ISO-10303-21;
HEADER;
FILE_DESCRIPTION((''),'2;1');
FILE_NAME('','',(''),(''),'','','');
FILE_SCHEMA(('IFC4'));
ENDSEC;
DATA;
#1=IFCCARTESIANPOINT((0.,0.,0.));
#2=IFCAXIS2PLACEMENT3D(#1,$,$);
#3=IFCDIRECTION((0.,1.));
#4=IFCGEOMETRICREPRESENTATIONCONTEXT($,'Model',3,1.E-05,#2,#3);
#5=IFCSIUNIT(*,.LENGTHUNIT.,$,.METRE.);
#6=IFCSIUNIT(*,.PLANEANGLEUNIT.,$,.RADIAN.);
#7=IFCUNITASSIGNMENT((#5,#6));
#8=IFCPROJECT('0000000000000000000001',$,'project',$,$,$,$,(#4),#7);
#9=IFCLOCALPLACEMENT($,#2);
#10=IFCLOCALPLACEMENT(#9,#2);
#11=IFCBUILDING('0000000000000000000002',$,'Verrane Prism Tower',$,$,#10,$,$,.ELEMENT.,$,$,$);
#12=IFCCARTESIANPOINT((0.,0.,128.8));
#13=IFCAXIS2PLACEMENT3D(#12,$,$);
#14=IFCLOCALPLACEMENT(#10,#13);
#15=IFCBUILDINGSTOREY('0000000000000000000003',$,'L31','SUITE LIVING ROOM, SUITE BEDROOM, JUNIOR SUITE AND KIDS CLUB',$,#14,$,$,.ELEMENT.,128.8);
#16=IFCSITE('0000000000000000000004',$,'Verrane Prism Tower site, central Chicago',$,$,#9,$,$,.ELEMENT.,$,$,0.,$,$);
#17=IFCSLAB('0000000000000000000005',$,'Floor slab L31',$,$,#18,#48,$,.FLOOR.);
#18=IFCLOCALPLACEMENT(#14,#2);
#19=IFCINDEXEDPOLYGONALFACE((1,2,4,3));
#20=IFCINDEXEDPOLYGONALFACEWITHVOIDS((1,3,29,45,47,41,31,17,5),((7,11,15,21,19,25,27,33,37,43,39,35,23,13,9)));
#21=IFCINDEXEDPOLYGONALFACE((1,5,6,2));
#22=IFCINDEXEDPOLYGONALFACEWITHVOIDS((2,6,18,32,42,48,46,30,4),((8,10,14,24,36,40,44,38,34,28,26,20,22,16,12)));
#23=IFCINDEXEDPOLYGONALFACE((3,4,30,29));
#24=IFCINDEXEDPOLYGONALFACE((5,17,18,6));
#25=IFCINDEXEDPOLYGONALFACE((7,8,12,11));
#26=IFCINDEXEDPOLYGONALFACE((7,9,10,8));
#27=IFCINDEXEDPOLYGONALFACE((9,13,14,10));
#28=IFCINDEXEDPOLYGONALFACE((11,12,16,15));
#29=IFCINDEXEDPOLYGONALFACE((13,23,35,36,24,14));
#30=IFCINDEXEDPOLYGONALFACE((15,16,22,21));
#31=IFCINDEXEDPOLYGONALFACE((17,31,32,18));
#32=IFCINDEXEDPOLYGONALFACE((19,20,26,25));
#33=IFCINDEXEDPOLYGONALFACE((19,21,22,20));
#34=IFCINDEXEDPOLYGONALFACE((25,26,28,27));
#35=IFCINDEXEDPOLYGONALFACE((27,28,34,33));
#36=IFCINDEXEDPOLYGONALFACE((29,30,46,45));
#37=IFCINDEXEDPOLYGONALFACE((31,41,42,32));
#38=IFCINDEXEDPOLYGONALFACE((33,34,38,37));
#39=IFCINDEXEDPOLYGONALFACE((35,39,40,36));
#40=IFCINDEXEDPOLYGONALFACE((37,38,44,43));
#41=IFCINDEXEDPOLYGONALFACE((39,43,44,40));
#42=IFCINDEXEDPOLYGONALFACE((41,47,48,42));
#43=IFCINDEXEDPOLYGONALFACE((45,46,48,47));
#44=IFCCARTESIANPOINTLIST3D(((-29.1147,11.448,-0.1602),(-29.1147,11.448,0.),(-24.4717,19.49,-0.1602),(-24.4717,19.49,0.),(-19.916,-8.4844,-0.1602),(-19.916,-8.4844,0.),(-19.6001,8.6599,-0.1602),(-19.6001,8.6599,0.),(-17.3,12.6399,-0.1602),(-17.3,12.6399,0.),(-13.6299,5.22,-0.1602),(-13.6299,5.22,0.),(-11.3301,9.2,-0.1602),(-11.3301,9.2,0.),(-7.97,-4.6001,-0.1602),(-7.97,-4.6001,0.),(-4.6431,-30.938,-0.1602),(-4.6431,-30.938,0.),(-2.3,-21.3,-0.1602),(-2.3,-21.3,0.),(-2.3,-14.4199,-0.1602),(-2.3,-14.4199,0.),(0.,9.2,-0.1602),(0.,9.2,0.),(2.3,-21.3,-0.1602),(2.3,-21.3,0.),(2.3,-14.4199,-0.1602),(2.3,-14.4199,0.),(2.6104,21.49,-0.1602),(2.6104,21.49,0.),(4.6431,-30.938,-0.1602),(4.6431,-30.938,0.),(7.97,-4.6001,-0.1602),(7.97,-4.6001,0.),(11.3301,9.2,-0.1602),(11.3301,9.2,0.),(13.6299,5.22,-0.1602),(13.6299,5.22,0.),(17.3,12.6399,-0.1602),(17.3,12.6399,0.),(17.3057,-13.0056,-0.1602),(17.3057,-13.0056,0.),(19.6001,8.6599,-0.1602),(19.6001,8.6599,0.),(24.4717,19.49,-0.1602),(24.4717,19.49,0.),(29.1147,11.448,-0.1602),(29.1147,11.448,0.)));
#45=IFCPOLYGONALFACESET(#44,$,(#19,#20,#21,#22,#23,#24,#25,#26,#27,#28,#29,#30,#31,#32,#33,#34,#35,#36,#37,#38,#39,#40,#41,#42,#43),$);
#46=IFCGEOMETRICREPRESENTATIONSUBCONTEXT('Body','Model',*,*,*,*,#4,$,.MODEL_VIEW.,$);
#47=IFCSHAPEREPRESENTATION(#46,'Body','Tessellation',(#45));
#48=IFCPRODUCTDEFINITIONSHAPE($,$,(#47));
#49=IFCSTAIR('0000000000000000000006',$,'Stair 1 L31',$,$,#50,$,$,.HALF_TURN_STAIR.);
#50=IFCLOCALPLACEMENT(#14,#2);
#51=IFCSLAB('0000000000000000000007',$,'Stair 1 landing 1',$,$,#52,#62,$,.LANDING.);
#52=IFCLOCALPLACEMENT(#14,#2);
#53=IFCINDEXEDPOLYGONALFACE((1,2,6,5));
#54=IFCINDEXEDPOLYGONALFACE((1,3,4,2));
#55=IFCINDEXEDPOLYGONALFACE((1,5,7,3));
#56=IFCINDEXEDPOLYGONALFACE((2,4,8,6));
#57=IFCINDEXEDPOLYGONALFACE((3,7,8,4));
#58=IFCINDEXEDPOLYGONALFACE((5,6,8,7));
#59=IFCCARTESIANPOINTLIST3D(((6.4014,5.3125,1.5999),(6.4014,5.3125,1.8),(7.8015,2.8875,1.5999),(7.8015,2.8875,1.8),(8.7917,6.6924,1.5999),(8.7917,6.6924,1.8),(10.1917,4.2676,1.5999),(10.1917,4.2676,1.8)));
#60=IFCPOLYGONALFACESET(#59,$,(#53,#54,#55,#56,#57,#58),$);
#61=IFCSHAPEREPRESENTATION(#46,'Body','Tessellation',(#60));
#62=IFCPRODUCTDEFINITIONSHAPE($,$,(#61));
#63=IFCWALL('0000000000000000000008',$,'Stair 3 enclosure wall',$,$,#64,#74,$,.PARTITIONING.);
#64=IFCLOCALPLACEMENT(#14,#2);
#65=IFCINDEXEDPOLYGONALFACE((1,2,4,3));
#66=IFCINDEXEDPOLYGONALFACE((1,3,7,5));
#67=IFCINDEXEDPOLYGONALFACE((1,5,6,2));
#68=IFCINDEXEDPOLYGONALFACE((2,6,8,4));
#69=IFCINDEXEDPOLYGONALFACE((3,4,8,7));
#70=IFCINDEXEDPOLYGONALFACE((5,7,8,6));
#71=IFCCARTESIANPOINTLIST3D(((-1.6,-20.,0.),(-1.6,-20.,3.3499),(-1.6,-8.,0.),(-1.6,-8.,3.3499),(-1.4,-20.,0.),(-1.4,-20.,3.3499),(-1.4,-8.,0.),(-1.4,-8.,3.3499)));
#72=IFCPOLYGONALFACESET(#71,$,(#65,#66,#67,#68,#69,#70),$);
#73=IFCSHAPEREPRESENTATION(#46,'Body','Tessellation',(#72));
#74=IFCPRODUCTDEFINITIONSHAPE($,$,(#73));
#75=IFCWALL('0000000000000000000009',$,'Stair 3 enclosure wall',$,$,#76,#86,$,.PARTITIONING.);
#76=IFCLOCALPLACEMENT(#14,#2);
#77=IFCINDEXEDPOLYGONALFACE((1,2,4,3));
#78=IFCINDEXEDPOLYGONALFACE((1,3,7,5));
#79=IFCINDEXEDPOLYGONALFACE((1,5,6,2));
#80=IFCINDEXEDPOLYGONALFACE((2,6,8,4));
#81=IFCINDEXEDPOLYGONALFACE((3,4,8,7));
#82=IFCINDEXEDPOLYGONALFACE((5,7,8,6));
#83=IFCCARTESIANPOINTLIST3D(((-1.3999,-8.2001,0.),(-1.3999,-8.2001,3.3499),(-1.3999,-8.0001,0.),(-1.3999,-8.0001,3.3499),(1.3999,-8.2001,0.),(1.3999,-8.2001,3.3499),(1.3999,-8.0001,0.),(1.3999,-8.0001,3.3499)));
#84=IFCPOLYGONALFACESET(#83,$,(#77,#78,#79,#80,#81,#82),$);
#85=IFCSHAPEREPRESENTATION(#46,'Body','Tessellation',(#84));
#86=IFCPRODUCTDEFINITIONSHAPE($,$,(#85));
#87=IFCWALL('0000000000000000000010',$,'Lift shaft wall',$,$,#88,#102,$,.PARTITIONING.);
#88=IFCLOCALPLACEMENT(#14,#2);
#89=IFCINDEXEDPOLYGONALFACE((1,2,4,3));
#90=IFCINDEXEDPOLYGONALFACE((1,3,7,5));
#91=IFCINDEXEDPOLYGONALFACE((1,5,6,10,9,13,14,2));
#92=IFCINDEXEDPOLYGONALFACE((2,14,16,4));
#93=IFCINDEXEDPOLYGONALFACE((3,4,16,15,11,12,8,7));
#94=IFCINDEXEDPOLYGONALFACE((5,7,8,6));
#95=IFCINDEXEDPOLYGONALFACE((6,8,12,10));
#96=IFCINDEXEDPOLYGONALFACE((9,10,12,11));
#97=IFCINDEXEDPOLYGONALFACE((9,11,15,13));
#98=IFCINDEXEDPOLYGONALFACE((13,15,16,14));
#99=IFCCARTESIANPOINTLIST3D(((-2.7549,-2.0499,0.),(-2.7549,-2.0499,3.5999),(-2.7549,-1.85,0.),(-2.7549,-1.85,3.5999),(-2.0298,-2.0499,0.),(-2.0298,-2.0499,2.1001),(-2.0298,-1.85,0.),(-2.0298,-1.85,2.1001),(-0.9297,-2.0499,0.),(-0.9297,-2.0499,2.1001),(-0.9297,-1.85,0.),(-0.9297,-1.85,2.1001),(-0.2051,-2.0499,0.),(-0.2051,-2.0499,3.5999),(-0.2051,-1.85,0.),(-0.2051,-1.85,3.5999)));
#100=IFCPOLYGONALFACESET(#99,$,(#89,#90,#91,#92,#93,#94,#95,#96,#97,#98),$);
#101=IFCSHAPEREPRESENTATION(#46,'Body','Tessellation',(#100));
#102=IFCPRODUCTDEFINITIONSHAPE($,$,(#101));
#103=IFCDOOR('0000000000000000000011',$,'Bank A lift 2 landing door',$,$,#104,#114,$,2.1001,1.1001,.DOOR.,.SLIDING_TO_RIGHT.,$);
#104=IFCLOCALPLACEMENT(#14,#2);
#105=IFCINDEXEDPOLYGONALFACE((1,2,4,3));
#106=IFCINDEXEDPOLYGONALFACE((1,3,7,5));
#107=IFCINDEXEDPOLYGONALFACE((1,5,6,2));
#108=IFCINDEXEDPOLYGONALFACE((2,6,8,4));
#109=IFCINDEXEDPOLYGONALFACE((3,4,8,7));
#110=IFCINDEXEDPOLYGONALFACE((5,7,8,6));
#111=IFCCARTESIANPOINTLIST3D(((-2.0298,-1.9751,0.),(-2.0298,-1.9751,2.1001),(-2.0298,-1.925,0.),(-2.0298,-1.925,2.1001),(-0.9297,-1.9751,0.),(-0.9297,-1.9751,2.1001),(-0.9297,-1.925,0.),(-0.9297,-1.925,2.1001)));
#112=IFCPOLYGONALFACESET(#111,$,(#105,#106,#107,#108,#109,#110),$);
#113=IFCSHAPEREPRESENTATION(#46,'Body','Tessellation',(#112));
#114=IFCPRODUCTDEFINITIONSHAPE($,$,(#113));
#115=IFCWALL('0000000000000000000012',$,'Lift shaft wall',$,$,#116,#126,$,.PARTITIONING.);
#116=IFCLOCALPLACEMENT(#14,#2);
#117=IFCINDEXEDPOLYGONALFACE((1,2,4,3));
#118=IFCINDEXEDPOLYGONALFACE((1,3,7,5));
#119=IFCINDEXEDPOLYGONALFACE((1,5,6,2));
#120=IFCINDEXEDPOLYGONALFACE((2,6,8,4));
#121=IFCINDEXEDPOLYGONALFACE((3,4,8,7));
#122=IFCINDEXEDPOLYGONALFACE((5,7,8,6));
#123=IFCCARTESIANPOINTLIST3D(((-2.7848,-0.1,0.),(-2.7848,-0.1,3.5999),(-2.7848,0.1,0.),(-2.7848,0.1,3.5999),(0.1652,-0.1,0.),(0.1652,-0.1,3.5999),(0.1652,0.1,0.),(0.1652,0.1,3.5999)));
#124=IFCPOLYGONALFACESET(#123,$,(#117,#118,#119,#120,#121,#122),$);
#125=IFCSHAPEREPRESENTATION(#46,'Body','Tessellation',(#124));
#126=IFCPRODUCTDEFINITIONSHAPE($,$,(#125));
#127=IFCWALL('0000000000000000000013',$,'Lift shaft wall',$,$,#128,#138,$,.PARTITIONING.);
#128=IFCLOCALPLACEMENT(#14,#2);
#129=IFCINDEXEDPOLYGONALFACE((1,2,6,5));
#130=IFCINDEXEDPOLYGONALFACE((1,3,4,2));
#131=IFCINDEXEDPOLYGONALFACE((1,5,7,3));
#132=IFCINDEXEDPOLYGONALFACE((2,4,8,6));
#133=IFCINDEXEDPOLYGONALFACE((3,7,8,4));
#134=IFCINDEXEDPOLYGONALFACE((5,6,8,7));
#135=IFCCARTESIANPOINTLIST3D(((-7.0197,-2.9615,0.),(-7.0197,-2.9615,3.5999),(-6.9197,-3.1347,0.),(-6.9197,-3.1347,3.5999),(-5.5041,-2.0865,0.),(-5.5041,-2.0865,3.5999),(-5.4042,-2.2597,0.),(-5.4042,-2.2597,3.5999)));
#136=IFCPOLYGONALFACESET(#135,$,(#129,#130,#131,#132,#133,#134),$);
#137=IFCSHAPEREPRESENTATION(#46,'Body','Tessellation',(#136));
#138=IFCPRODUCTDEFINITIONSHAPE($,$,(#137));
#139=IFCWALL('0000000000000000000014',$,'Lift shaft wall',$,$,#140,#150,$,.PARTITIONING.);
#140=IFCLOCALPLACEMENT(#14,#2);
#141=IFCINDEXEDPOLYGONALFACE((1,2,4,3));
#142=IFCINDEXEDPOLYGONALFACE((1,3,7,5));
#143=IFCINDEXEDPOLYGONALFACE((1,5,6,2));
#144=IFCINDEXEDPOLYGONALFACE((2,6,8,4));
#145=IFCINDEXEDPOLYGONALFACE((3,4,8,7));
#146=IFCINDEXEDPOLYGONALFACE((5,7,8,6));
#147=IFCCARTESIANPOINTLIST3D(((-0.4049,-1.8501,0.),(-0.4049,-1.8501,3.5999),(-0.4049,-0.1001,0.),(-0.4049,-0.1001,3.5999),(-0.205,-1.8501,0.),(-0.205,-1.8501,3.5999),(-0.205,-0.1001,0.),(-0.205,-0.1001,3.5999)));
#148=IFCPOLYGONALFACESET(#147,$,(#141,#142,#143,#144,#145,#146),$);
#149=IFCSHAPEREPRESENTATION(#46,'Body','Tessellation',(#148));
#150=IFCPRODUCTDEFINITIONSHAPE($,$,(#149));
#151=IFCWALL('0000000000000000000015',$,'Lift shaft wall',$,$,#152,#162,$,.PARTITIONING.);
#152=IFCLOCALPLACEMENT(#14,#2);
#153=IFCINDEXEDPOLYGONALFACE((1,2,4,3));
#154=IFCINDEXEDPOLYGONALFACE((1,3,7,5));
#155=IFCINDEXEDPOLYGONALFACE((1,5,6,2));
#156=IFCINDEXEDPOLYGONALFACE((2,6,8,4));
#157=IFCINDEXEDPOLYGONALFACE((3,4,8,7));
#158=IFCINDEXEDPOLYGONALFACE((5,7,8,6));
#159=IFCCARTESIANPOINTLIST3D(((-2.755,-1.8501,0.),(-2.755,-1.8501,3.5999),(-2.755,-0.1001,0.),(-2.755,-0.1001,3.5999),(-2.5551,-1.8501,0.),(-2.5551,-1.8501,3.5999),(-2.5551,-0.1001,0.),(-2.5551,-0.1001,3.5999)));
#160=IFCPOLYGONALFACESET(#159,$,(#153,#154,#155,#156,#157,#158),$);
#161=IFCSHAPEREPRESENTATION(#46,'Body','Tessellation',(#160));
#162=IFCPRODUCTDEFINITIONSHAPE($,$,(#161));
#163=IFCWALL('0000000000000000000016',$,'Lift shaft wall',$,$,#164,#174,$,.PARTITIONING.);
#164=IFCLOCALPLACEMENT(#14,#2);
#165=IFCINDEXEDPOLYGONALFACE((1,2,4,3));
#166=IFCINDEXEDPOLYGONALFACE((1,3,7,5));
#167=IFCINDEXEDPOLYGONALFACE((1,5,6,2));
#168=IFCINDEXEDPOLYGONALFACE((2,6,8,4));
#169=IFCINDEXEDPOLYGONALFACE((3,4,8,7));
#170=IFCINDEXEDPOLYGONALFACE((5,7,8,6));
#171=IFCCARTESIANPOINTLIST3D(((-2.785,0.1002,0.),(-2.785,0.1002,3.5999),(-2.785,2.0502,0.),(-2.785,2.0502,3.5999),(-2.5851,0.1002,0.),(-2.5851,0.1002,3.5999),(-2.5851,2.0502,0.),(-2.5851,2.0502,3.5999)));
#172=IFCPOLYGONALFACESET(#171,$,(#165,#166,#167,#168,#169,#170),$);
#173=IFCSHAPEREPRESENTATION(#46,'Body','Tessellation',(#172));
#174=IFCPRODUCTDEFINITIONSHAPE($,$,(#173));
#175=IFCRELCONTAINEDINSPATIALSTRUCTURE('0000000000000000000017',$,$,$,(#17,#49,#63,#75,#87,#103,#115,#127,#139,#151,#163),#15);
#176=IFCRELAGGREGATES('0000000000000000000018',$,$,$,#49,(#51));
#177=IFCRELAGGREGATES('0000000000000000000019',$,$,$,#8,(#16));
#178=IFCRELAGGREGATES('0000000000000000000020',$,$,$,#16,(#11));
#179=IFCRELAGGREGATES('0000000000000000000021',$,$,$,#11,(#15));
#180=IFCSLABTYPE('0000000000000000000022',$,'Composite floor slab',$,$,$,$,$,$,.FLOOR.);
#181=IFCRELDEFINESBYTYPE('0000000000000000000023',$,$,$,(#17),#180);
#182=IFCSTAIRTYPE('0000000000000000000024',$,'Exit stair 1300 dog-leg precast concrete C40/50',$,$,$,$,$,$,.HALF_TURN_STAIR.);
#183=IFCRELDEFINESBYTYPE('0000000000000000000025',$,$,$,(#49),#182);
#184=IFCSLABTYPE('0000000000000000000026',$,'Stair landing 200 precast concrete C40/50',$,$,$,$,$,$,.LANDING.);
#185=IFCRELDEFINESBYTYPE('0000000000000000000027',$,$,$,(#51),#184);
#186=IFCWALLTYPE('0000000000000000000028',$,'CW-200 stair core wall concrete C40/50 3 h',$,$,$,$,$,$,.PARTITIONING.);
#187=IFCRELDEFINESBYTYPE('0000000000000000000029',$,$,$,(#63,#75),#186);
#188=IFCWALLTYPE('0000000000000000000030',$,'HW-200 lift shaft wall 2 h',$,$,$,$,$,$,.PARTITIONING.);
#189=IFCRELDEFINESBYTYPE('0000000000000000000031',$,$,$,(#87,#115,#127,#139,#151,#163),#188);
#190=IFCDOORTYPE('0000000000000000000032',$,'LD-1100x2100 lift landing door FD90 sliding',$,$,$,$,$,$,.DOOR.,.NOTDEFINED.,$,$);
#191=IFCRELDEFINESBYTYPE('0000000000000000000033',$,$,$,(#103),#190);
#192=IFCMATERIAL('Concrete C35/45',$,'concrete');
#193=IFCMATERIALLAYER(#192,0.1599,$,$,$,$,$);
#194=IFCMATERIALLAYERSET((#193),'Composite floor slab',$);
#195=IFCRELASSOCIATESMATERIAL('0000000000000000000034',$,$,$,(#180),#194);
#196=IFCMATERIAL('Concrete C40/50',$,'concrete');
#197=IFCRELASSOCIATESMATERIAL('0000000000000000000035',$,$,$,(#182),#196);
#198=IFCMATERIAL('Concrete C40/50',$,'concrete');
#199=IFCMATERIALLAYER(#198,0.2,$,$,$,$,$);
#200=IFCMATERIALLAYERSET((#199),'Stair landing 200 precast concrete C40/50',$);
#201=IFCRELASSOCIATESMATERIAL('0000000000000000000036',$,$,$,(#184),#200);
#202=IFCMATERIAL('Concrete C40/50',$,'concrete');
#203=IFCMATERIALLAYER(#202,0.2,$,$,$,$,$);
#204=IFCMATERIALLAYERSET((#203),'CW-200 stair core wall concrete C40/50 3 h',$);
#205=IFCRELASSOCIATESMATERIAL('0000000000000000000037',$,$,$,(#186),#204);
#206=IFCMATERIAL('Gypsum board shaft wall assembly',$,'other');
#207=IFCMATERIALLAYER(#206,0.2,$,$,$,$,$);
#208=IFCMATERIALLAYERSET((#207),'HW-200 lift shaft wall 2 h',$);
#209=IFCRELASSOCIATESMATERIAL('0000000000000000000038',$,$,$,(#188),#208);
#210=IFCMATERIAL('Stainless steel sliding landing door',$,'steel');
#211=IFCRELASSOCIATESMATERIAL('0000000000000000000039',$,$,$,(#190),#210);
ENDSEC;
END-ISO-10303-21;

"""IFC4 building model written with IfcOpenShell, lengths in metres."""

from ifc_helpers import new_model, si_unit, direction, frame, frame_2d, origin, place, context, subcontext, project, spatial, polyline, rectangle, outline, extrude, material, layer, layer_set, type_object, element, fill, aggregate, save


model = new_model("IFC4")

# Units and contexts
model_context = context("Model", 3, precision=1e-05, world=origin(), true_north=direction((0.0, 1.0)))
body_context = subcontext(model_context, "Body", "Model", "MODEL_VIEW")
ifc_project = project(units=[si_unit("LENGTHUNIT", "METRE"), si_unit("PLANEANGLEUNIT", "RADIAN")], contexts=[model_context])

# Site, building, storey
site_placement = place(None, origin())
site = spatial("IfcSite", under=ifc_project, at=site_placement, Name="Verrane Prism Tower site, central Chicago", CompositionType="ELEMENT", RefElevation=0.0)
building_placement = place(site_placement, origin())
building = spatial("IfcBuilding", under=site, at=building_placement, Name="Verrane Prism Tower", CompositionType="ELEMENT")
storey_placement = place(building_placement, frame((0.0, 0.0, 128.8)))
storey = spatial("IfcBuildingStorey", under=building, at=storey_placement, Name="L31", Description="SUITE LIVING ROOM, SUITE BEDROOM, JUNIOR SUITE AND KIDS CLUB", CompositionType="ELEMENT", Elevation=128.8)

# Slab
ifc_material_1 = material(Name="Concrete C35/45", Category="concrete")
ifc_layer_1 = layer(ifc_material_1, 0.1599)
ifc_layer_set_1 = layer_set([ifc_layer_1], Name="Composite floor slab")
slab_type_1 = type_object("IfcSlabType", Name="Composite floor slab", PredefinedType="FLOOR", material=ifc_layer_set_1)
slab_1_placement = place(storey_placement, frame((0.0, 0.0, -0.1602)))
element("IfcSlab", 1, at=slab_1_placement, inside=storey, type_object=slab_type_1, Name="Floor slab L31", PredefinedType="FLOOR", context=body_context, shape_type="SweptSolid", body=[
    extrude(outline(polyline([(17.3057, -13.0056), (4.6431, -30.938), (-4.6431, -30.938), (-19.916, -8.4844), (-29.1147, 11.448), (-24.4717, 19.49), (2.6104, 21.49), (24.4717, 19.49), (29.1147, 11.448), (17.3057, -13.0056)]), holes=[polyline([(19.6001, 8.6599), (17.3, 12.6399), (11.3301, 9.2), (0.0, 9.2), (-11.3301, 9.2), (-17.3, 12.6399), (-19.6001, 8.6599), (-13.6299, 5.22), (-7.97, -4.6001), (-2.3, -14.4199), (-2.3, -21.3), (2.3, -21.3), (2.3, -14.4199), (7.97, -4.6001), (13.6299, 5.22), (19.6001, 8.6599)])]), origin(), (0.0, 0.0, 1.0), 0.1602),
])

# Stair, slab
ifc_material_2 = material(Name="Concrete C40/50", Category="concrete")
stair_type = type_object("IfcStairType", Name="Exit stair 1300 dog-leg precast concrete C40/50", PredefinedType="HALF_TURN_STAIR", material=ifc_material_2)
stair_placement = place(storey_placement, origin())
stair = element("IfcStair", 2, at=stair_placement, inside=storey, type_object=stair_type, Name="Stair 1 L31", PredefinedType="HALF_TURN_STAIR")
ifc_material_3 = material(Name="Concrete C40/50", Category="concrete")
ifc_layer_2 = layer(ifc_material_3, 0.2)
ifc_layer_set_2 = layer_set([ifc_layer_2], Name="Stair landing 200 precast concrete C40/50")
slab_type_2 = type_object("IfcSlabType", Name="Stair landing 200 precast concrete C40/50", PredefinedType="LANDING", material=ifc_layer_set_2)
slab_2_placement = place(storey_placement, frame((0.0, 0.0, 1.5999)))
slab_2 = element("IfcSlab", 3, at=slab_2_placement, type_object=slab_type_2, Name="Stair 1 landing 1", PredefinedType="LANDING", context=body_context, shape_type="SweptSolid", body=[
    extrude(outline(polyline([(8.7917, 6.6924), (6.4014, 5.3125), (7.8015, 2.8875), (10.1917, 4.2676), (8.7917, 6.6924)])), origin(), (0.0, 0.0, 1.0), 0.2002),
])
aggregate(stair, [slab_2])

# Walls
ifc_material_4 = material(Name="Concrete C40/50", Category="concrete")
ifc_layer_3 = layer(ifc_material_4, 0.2)
ifc_layer_set_3 = layer_set([ifc_layer_3], Name="CW-200 stair core wall concrete C40/50 3 h")
wall_type_1 = type_object("IfcWallType", Name="CW-200 stair core wall concrete C40/50 3 h", PredefinedType="PARTITIONING", material=ifc_layer_set_3)
wall_1_placement = place(storey_placement, frame((-1.5, -8.0, 0.0), z_axis=(0.0, 0.0, 1.0), x_axis=(0.0, -1.0, 0.0)))
element("IfcWall", 4, at=wall_1_placement, inside=storey, type_object=wall_type_1, Name="Stair 3 enclosure wall", PredefinedType="PARTITIONING", context=body_context, shape_type="SweptSolid", body=[
    extrude(rectangle(XDim=12.0, YDim=0.2, at=frame_2d((6.0, 0.0))), origin(), (0.0, 0.0, 1.0), 3.3499),
])
wall_2_placement = place(storey_placement, frame((-1.3999, -8.1001, 0.0), z_axis=(0.0, 0.0, 1.0), x_axis=(1.0, 0.0, 0.0)))
element("IfcWall", 5, at=wall_2_placement, inside=storey, type_object=wall_type_1, Name="Stair 3 enclosure wall", PredefinedType="PARTITIONING", context=body_context, shape_type="SweptSolid", body=[
    extrude(rectangle(XDim=2.7998, YDim=0.2, at=frame_2d((1.3999, 0.0))), origin(), (0.0, 0.0, 1.0), 3.3499),
])

# Wall, opening, door
ifc_material_5 = material(Name="Gypsum board shaft wall assembly", Category="other")
ifc_layer_4 = layer(ifc_material_5, 0.2)
ifc_layer_set_4 = layer_set([ifc_layer_4], Name="HW-200 lift shaft wall 2 h")
wall_type_2 = type_object("IfcWallType", Name="HW-200 lift shaft wall 2 h", PredefinedType="PARTITIONING", material=ifc_layer_set_4)
wall_3_placement = place(storey_placement, frame((-2.7549, -1.95, 0.0), z_axis=(0.0, 0.0, 1.0), x_axis=(1.0, 0.0, 0.0)))
wall_3 = element("IfcWall", 6, at=wall_3_placement, inside=storey, type_object=wall_type_2, Name="Lift shaft wall", PredefinedType="PARTITIONING", context=body_context, shape_type="SweptSolid", body=[
    extrude(rectangle(XDim=2.5498, YDim=0.2, at=frame_2d((1.2749, 0.0))), origin(), (0.0, 0.0, 1.0), 3.5999),
])
opening_1_placement = place(wall_3_placement, frame((0.7251, 0.0, 0.0)))
opening_1 = element("IfcOpeningElement", 7, at=opening_1_placement, cuts=wall_3, PredefinedType="OPENING", context=body_context, shape_type="SweptSolid", body=[
    extrude(rectangle(XDim=1.1001, YDim=2.1001, at=frame_2d((0.55, 1.05))), frame((0.0, 0.1099, 0.0), z_axis=(0.0, -1.0, 0.0), x_axis=(1.0, 0.0, 0.0)), (0.0, 0.0, 1.0), 0.22),
])
ifc_material_6 = material(Name="Stainless steel sliding landing door", Category="steel")
door_type_1 = type_object("IfcDoorType", Name="LD-1100x2100 lift landing door FD90 sliding", OperationType="NOTDEFINED", PredefinedType="DOOR", material=ifc_material_6)
door_1_placement = place(opening_1_placement, origin())
door_1 = element("IfcDoor", 8, at=door_1_placement, inside=storey, type_object=door_type_1, Name="Bank A lift 2 landing door", OperationType="SLIDING_TO_RIGHT", OverallHeight=2.1001, OverallWidth=1.1001, PredefinedType="DOOR", context=body_context, shape_type="SweptSolid", body=[
    extrude(rectangle(XDim=1.1001, YDim=2.1001, at=frame_2d((0.55, 1.05))), frame((0.0, 0.0249, 0.0), z_axis=(0.0, -1.0, 0.0), x_axis=(1.0, 0.0, 0.0)), (0.0, 0.0, 1.0), 0.05),
])
fill(opening_1, door_1)

# Walls
wall_4_placement = place(storey_placement, frame((-2.7849, 0.0, 0.0), z_axis=(0.0, 0.0, 1.0), x_axis=(1.0, 0.0, 0.0)))
element("IfcWall", 9, at=wall_4_placement, inside=storey, type_object=wall_type_2, Name="Lift shaft wall", PredefinedType="PARTITIONING", context=body_context, shape_type="SweptSolid", body=[
    extrude(rectangle(XDim=2.95, YDim=0.2, at=frame_2d((1.4751, 0.0))), origin(), (0.0, 0.0, 1.0), 3.5999),
])
for number, where, z_axis, x_axis, name in (
    (10, (-6.9697, -3.0481, 0.0), (0.0, 0.0, 1.0), (0.866037, 0.49998, 0.0), "Lift shaft wall"),
    (11, (-0.3049, -1.8501, 0.0), (0.0, 0.0, 1.0), (0.0, 1.0, 0.0), "Lift shaft wall"),
    (12, (-2.655, -1.8501, 0.0), (0.0, 0.0, 1.0), (0.0, 1.0, 0.0), "Lift shaft wall"),
):
    element("IfcWall", number, at=place(storey_placement, frame(where, z_axis=z_axis, x_axis=x_axis)), inside=storey, type_object=wall_type_2, Name=name, PredefinedType="PARTITIONING", context=body_context, shape_type="SweptSolid", body=[
        extrude(rectangle(XDim=1.75, YDim=0.2, at=frame_2d((0.875, 0.0))), origin(), (0.0, 0.0, 1.0), 3.5999),
    ])
wall_5_placement = place(storey_placement, frame((-2.6851, 0.1001, 0.0), z_axis=(0.0, 0.0, 1.0), x_axis=(0.0, 1.0, 0.0)))
element("IfcWall", 13, at=wall_5_placement, inside=storey, type_object=wall_type_2, Name="Lift shaft wall", PredefinedType="PARTITIONING", context=body_context, shape_type="SweptSolid", body=[
    extrude(rectangle(XDim=1.95, YDim=0.2, at=frame_2d((0.9751, 0.0))), origin(), (0.0, 0.0, 1.0), 3.5999),
])

save(model, "model.ifc")
